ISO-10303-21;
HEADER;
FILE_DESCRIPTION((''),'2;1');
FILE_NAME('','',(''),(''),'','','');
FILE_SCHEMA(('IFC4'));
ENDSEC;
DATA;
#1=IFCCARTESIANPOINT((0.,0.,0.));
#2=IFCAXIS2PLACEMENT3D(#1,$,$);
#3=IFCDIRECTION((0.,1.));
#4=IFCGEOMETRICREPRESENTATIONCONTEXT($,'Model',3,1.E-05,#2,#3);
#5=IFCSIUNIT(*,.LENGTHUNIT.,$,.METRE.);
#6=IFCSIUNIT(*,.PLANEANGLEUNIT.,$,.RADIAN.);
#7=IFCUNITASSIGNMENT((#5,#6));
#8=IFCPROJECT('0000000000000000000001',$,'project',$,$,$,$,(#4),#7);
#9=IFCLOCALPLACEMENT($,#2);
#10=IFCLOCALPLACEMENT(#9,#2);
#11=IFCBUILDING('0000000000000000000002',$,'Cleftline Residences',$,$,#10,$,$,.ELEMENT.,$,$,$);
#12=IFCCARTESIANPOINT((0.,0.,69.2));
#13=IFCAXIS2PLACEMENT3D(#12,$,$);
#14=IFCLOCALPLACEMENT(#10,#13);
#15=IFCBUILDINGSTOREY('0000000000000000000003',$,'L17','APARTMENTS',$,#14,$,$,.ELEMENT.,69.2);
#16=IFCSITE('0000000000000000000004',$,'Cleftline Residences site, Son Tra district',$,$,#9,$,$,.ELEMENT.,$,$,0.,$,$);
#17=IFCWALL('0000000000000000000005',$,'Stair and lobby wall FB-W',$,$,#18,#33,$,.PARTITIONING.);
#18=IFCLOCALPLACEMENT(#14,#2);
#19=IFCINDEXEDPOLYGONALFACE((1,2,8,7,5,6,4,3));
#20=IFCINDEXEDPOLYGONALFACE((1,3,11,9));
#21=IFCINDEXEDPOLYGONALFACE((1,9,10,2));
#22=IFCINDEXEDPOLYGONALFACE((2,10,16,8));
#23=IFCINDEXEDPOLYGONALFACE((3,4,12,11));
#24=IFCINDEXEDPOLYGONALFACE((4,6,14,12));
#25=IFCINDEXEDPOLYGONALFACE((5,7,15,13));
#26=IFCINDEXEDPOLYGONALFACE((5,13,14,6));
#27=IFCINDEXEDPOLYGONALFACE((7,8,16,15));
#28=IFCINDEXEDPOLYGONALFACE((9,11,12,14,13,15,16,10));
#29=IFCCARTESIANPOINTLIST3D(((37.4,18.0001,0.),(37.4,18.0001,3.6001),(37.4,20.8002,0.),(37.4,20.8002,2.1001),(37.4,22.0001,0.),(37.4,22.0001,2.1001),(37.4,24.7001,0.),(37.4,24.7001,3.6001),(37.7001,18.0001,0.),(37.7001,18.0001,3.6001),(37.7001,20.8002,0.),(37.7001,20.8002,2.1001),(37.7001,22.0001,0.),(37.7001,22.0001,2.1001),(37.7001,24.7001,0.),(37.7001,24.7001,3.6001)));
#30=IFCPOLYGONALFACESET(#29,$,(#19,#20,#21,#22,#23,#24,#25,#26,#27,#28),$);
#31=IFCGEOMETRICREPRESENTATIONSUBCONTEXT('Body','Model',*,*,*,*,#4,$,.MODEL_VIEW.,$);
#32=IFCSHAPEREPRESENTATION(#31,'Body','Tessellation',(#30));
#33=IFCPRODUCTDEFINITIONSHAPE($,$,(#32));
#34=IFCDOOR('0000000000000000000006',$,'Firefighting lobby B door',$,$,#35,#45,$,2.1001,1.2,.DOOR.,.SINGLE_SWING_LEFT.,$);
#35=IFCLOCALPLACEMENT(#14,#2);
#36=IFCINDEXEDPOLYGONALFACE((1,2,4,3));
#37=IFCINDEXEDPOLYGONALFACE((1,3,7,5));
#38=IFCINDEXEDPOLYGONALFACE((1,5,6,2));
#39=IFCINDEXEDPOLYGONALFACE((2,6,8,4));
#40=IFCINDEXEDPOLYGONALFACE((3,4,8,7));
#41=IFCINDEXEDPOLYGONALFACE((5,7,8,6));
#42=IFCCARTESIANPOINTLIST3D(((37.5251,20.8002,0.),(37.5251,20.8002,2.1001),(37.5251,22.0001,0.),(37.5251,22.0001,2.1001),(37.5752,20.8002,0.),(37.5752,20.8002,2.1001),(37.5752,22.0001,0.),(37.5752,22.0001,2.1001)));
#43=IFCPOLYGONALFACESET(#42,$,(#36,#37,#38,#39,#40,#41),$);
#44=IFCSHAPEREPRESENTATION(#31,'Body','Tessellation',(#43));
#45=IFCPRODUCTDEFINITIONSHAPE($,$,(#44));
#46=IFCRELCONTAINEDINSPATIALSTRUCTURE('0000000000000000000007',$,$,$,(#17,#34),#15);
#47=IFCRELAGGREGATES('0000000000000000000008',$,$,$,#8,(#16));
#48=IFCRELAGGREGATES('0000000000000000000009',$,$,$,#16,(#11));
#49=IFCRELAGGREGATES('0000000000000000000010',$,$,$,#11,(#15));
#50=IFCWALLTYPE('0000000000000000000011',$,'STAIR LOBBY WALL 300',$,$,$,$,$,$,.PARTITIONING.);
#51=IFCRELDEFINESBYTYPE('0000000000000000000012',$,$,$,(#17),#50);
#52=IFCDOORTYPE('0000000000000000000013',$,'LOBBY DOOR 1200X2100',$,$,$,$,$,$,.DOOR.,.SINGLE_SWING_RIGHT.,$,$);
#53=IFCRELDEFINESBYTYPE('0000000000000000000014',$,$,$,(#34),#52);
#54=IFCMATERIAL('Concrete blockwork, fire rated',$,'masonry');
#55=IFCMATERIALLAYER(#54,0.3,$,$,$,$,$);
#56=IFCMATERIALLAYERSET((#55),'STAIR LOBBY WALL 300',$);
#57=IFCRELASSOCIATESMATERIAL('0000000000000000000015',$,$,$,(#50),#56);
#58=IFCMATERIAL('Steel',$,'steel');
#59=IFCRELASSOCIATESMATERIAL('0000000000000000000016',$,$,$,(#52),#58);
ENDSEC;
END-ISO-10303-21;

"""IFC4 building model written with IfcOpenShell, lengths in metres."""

from ifc_helpers import new_model, si_unit, direction, frame, frame_2d, origin, place, context, subcontext, project, spatial, rectangle, extrude, material, layer, layer_set, type_object, element, fill, save


model = new_model("IFC4")

# Units and contexts
model_context = context("Model", 3, precision=1e-05, world=origin(), true_north=direction((0.0, 1.0)))
body_context = subcontext(model_context, "Body", "Model", "MODEL_VIEW")
ifc_project = project(units=[si_unit("LENGTHUNIT", "METRE"), si_unit("PLANEANGLEUNIT", "RADIAN")], contexts=[model_context])

# Site, building, storey
site_placement = place(None, origin())
site = spatial("IfcSite", under=ifc_project, at=site_placement, Name="Cleftline Residences site, Son Tra district", CompositionType="ELEMENT", RefElevation=0.0)
building_placement = place(site_placement, origin())
building = spatial("IfcBuilding", under=site, at=building_placement, Name="Cleftline Residences", CompositionType="ELEMENT")
storey_placement = place(building_placement, frame((0.0, 0.0, 69.2)))
storey = spatial("IfcBuildingStorey", under=building, at=storey_placement, Name="L17", Description="APARTMENTS", CompositionType="ELEMENT", Elevation=69.2)

# Wall, opening, door
ifc_material_1 = material(Name="Concrete blockwork, fire rated", Category="masonry")
ifc_layer_1 = layer(ifc_material_1, 0.3)
ifc_layer_set_1 = layer_set([ifc_layer_1], Name="STAIR LOBBY WALL 300")
wall_type_1 = type_object("IfcWallType", Name="STAIR LOBBY WALL 300", PredefinedType="PARTITIONING", material=ifc_layer_set_1)
ifc_material_2 = material(Name="Steel", Category="steel")
door_type_1 = type_object("IfcDoorType", Name="LOBBY DOOR 1200X2100", OperationType="SINGLE_SWING_RIGHT", PredefinedType="DOOR", material=ifc_material_2)
wall_1_placement = place(storey_placement, frame((37.55, 18.0, 0.0), z_axis=(0.0, 0.0, 1.0), x_axis=(0.0, 1.0, 0.0)))
wall_1 = element("IfcWall", 1, at=wall_1_placement, inside=storey, type_object=wall_type_1, Name="Stair and lobby wall FB-W", PredefinedType="PARTITIONING", context=body_context, shape_type="SweptSolid", body=[
    extrude(rectangle(XDim=6.7, YDim=0.3, at=frame_2d((3.3501, 0.0))), origin(), (0.0, 0.0, 1.0), 3.6001),
])
opening_1_placement = place(wall_1_placement, frame((2.8, 0.0, 0.0)))
opening_1 = element("IfcOpeningElement", 2, at=opening_1_placement, cuts=wall_1, PredefinedType="OPENING", context=body_context, shape_type="SweptSolid", body=[
    extrude(rectangle(XDim=1.2, YDim=2.1001, at=frame_2d((0.6001, 1.05))), frame((0.0, 0.1599, 0.0), z_axis=(0.0, -1.0, 0.0), x_axis=(1.0, 0.0, 0.0)), (0.0, 0.0, 1.0), 0.3201),
])
door_1_placement = place(opening_1_placement, origin())
door_1 = element("IfcDoor", 3, at=door_1_placement, inside=storey, type_object=door_type_1, Name="Firefighting lobby B door", OperationType="SINGLE_SWING_LEFT", OverallHeight=2.1001, OverallWidth=1.2, PredefinedType="DOOR", context=body_context, shape_type="SweptSolid", body=[
    extrude(rectangle(XDim=1.2, YDim=2.1001, at=frame_2d((0.6001, 1.05))), frame((0.0, 0.0249, 0.0), z_axis=(0.0, -1.0, 0.0), x_axis=(1.0, 0.0, 0.0)), (0.0, 0.0, 1.0), 0.05),
])
fill(opening_1, door_1)

save(model, "model.ifc")
